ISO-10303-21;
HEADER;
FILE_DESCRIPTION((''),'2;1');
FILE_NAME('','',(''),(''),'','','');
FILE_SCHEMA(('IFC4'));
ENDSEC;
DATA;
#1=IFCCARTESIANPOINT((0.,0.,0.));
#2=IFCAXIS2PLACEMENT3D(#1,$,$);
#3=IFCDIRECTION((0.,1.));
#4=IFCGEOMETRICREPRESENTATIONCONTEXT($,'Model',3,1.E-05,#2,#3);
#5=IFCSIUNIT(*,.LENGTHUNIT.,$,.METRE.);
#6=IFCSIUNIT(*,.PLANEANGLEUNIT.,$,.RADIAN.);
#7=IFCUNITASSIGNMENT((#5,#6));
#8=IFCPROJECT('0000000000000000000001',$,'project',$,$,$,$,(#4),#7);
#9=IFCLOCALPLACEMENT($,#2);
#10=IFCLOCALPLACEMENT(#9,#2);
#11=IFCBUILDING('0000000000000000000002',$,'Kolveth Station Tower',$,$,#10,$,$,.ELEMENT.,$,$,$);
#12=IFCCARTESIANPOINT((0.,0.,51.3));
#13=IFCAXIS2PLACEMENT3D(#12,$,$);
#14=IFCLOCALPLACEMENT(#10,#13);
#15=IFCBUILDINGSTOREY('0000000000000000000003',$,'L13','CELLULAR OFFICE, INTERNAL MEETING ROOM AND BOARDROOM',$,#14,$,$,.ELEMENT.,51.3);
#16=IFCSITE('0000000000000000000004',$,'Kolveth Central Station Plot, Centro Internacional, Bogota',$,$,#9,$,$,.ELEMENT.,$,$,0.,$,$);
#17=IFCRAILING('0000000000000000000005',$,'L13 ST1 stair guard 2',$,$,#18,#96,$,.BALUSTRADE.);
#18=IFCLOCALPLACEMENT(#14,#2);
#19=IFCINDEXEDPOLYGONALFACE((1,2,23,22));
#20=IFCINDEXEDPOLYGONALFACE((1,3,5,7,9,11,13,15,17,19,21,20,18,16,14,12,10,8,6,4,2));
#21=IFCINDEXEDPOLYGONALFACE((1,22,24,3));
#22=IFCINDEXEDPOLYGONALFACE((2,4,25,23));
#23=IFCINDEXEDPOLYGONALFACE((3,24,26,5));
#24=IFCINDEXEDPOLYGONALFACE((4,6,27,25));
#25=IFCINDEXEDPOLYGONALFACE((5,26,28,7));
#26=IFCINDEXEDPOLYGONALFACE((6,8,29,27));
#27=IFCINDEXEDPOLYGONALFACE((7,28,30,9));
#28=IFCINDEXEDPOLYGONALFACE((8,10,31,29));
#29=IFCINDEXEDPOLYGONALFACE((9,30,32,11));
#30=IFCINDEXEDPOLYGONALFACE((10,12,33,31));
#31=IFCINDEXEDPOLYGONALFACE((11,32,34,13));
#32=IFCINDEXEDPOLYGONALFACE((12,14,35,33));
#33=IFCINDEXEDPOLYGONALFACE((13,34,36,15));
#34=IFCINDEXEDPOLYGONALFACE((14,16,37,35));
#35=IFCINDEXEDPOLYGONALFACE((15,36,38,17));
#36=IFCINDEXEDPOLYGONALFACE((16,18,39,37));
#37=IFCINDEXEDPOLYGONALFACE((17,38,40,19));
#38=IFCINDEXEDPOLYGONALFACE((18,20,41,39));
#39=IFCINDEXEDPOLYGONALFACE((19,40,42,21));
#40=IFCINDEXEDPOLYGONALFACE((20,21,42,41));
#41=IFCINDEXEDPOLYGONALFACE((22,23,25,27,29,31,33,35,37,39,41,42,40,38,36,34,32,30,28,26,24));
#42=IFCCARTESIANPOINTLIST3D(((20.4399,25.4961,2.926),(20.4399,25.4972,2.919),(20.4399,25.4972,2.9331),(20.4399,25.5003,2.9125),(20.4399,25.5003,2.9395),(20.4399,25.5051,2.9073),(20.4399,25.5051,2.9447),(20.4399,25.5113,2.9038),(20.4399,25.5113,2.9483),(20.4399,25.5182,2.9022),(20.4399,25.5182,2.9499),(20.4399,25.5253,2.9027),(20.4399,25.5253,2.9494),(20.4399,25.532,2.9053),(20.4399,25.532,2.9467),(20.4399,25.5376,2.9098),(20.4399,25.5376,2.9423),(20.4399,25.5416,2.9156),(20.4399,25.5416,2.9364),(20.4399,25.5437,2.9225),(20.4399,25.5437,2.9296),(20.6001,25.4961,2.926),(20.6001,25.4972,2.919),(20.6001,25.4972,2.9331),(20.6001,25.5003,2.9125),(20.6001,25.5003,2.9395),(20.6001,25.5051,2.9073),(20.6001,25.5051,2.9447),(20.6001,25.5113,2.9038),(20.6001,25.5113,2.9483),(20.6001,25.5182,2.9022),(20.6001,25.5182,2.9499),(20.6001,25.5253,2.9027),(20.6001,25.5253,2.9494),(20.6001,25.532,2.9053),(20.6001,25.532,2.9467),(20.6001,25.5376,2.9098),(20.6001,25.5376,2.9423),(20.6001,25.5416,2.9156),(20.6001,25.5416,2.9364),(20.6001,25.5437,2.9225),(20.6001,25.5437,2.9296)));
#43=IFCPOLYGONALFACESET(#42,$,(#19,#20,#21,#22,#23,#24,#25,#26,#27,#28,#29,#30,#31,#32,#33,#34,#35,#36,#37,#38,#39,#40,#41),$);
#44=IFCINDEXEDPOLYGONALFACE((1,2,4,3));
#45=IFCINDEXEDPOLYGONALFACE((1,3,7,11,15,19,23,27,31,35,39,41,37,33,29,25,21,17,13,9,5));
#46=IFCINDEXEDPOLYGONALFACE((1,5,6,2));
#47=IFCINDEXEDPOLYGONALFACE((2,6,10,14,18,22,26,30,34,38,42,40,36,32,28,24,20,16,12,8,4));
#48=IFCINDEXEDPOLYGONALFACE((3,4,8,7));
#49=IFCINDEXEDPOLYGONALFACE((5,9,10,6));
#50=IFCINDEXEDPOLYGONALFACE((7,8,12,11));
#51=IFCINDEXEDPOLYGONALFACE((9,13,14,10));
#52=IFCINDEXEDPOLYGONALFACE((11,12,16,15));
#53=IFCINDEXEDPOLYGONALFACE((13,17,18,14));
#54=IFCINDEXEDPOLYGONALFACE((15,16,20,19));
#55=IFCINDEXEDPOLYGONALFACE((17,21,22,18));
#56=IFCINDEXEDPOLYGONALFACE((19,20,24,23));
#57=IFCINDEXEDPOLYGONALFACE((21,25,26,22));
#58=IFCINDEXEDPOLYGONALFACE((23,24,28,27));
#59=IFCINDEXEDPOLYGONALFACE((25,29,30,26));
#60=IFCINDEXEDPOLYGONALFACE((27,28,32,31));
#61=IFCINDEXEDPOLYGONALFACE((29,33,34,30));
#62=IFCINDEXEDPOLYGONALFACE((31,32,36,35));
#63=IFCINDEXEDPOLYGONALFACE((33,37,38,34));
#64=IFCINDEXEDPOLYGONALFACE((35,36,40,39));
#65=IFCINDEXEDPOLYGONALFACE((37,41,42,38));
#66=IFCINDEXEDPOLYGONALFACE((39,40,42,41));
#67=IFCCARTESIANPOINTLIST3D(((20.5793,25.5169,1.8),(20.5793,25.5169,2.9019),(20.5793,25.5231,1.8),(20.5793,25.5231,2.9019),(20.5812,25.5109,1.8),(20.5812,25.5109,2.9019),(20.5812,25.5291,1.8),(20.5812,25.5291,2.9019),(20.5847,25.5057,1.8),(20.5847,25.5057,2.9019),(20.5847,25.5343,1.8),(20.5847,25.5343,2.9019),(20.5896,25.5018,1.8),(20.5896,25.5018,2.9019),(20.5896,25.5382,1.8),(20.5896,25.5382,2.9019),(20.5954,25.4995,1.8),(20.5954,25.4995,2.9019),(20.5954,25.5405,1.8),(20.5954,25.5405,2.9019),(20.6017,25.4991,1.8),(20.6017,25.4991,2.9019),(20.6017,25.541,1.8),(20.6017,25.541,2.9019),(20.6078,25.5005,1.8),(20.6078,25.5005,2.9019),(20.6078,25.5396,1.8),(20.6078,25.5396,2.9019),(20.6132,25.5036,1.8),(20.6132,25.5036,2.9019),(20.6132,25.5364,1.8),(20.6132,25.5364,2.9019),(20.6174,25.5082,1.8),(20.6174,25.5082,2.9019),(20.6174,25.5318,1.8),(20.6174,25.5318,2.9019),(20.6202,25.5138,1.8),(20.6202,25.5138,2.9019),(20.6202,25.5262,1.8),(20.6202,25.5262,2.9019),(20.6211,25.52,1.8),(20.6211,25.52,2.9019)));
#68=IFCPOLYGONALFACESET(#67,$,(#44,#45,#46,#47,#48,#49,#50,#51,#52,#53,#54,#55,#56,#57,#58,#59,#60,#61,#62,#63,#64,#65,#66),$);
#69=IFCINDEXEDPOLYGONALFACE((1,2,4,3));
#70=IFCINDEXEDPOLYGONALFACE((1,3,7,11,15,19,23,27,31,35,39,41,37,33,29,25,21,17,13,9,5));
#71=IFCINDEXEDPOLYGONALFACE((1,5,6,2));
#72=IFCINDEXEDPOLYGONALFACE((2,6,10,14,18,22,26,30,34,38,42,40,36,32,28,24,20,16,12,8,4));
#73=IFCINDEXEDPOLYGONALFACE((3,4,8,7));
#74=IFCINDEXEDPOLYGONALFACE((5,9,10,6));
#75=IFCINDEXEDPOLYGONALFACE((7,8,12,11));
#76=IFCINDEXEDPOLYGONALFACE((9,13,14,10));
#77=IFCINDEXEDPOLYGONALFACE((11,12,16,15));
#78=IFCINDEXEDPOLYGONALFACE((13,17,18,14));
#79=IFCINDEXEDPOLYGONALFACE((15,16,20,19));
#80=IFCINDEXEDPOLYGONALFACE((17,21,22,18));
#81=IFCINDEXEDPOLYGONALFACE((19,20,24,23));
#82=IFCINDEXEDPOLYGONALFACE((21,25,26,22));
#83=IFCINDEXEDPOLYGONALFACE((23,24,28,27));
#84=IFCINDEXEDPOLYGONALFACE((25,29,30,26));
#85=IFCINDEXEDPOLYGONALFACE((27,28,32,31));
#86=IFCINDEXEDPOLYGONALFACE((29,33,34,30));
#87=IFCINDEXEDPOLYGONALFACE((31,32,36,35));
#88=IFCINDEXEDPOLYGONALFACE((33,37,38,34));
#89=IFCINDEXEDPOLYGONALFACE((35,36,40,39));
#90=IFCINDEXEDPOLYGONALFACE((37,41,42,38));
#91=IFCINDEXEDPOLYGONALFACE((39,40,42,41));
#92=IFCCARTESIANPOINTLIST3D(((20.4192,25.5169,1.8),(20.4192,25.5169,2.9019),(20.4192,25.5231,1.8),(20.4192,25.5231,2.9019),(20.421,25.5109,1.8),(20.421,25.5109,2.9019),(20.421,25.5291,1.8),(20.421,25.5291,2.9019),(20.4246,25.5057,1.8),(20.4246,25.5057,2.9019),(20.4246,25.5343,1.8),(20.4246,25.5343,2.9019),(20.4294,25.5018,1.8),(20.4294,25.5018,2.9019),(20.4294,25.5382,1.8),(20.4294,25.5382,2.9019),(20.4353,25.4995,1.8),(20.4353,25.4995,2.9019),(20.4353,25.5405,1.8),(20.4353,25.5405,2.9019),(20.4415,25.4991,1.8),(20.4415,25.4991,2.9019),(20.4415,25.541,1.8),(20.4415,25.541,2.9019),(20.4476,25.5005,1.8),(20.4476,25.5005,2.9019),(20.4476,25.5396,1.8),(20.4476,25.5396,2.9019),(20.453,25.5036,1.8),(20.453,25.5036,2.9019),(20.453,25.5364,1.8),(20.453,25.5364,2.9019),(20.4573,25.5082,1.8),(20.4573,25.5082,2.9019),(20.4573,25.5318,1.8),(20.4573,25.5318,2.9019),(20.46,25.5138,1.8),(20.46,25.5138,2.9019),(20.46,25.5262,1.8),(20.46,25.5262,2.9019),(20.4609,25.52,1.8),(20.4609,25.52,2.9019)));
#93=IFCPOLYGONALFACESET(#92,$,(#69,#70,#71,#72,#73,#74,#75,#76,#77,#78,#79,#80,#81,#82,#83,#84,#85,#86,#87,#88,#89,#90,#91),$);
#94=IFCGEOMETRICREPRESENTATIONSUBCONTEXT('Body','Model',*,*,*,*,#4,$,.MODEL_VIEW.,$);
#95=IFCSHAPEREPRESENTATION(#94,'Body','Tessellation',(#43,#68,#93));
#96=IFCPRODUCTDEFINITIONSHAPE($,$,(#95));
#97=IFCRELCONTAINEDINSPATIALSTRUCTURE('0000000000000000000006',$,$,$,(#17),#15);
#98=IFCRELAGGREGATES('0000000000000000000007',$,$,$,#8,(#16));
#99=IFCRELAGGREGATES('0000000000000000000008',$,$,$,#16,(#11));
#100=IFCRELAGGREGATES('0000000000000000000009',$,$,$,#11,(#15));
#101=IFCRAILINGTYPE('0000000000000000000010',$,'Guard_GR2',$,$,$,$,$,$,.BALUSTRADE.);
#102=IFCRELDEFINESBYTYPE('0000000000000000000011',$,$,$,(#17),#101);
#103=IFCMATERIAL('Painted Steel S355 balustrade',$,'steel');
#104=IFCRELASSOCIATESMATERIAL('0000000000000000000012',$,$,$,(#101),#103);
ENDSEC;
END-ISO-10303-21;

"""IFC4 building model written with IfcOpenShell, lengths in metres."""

from ifc_helpers import new_model, si_unit, direction, frame, origin, origin_2d, place, context, subcontext, project, spatial, circle, extrude, material, type_object, element, save


model = new_model("IFC4")

# Units and contexts
model_context = context("Model", 3, precision=1e-05, world=origin(), true_north=direction((0.0, 1.0)))
body_context = subcontext(model_context, "Body", "Model", "MODEL_VIEW")
ifc_project = project(units=[si_unit("LENGTHUNIT", "METRE"), si_unit("PLANEANGLEUNIT", "RADIAN")], contexts=[model_context])

# Site, building, storey
site_placement = place(None, origin())
site = spatial("IfcSite", under=ifc_project, at=site_placement, Name="Kolveth Central Station Plot, Centro Internacional, Bogota", CompositionType="ELEMENT", RefElevation=0.0)
building_placement = place(site_placement, origin())
building = spatial("IfcBuilding", under=site, at=building_placement, Name="Kolveth Station Tower", CompositionType="ELEMENT")
storey_placement = place(building_placement, frame((0.0, 0.0, 51.3)))
storey = spatial("IfcBuildingStorey", under=building, at=storey_placement, Name="L13", Description="CELLULAR OFFICE, INTERNAL MEETING ROOM AND BOARDROOM", CompositionType="ELEMENT", Elevation=51.3)

# Railing
ifc_material_1 = material(Name="Painted Steel S355 balustrade", Category="steel")
railing_type_1 = type_object("IfcRailingType", Name="Guard_GR2", PredefinedType="BALUSTRADE", material=ifc_material_1)
railing_1_placement = place(storey_placement, frame((20.6001, 25.52, 1.8)))
element("IfcRailing", 1, at=railing_1_placement, inside=storey, type_object=railing_type_1, Name="L13 ST1 stair guard 2", PredefinedType="BALUSTRADE", context=body_context, shape_type="SweptSolid", body=[
    extrude(circle(Radius=0.0239, at=origin_2d()), frame((0.0, 0.0, 1.126), z_axis=(-1.0, 0.0, 0.0), x_axis=(0.0, -1.0, 0.0)), (0.0, 0.0, 1.0), 0.1602),
    extrude(circle(Radius=0.021, at=origin_2d()), origin(), (0.0, 0.0, 1.0), 1.1018),
    extrude(circle(Radius=0.021, at=origin_2d()), frame((-0.1602, 0.0, 0.0)), (0.0, 0.0, 1.0), 1.1018),
])

save(model, "model.ifc")
